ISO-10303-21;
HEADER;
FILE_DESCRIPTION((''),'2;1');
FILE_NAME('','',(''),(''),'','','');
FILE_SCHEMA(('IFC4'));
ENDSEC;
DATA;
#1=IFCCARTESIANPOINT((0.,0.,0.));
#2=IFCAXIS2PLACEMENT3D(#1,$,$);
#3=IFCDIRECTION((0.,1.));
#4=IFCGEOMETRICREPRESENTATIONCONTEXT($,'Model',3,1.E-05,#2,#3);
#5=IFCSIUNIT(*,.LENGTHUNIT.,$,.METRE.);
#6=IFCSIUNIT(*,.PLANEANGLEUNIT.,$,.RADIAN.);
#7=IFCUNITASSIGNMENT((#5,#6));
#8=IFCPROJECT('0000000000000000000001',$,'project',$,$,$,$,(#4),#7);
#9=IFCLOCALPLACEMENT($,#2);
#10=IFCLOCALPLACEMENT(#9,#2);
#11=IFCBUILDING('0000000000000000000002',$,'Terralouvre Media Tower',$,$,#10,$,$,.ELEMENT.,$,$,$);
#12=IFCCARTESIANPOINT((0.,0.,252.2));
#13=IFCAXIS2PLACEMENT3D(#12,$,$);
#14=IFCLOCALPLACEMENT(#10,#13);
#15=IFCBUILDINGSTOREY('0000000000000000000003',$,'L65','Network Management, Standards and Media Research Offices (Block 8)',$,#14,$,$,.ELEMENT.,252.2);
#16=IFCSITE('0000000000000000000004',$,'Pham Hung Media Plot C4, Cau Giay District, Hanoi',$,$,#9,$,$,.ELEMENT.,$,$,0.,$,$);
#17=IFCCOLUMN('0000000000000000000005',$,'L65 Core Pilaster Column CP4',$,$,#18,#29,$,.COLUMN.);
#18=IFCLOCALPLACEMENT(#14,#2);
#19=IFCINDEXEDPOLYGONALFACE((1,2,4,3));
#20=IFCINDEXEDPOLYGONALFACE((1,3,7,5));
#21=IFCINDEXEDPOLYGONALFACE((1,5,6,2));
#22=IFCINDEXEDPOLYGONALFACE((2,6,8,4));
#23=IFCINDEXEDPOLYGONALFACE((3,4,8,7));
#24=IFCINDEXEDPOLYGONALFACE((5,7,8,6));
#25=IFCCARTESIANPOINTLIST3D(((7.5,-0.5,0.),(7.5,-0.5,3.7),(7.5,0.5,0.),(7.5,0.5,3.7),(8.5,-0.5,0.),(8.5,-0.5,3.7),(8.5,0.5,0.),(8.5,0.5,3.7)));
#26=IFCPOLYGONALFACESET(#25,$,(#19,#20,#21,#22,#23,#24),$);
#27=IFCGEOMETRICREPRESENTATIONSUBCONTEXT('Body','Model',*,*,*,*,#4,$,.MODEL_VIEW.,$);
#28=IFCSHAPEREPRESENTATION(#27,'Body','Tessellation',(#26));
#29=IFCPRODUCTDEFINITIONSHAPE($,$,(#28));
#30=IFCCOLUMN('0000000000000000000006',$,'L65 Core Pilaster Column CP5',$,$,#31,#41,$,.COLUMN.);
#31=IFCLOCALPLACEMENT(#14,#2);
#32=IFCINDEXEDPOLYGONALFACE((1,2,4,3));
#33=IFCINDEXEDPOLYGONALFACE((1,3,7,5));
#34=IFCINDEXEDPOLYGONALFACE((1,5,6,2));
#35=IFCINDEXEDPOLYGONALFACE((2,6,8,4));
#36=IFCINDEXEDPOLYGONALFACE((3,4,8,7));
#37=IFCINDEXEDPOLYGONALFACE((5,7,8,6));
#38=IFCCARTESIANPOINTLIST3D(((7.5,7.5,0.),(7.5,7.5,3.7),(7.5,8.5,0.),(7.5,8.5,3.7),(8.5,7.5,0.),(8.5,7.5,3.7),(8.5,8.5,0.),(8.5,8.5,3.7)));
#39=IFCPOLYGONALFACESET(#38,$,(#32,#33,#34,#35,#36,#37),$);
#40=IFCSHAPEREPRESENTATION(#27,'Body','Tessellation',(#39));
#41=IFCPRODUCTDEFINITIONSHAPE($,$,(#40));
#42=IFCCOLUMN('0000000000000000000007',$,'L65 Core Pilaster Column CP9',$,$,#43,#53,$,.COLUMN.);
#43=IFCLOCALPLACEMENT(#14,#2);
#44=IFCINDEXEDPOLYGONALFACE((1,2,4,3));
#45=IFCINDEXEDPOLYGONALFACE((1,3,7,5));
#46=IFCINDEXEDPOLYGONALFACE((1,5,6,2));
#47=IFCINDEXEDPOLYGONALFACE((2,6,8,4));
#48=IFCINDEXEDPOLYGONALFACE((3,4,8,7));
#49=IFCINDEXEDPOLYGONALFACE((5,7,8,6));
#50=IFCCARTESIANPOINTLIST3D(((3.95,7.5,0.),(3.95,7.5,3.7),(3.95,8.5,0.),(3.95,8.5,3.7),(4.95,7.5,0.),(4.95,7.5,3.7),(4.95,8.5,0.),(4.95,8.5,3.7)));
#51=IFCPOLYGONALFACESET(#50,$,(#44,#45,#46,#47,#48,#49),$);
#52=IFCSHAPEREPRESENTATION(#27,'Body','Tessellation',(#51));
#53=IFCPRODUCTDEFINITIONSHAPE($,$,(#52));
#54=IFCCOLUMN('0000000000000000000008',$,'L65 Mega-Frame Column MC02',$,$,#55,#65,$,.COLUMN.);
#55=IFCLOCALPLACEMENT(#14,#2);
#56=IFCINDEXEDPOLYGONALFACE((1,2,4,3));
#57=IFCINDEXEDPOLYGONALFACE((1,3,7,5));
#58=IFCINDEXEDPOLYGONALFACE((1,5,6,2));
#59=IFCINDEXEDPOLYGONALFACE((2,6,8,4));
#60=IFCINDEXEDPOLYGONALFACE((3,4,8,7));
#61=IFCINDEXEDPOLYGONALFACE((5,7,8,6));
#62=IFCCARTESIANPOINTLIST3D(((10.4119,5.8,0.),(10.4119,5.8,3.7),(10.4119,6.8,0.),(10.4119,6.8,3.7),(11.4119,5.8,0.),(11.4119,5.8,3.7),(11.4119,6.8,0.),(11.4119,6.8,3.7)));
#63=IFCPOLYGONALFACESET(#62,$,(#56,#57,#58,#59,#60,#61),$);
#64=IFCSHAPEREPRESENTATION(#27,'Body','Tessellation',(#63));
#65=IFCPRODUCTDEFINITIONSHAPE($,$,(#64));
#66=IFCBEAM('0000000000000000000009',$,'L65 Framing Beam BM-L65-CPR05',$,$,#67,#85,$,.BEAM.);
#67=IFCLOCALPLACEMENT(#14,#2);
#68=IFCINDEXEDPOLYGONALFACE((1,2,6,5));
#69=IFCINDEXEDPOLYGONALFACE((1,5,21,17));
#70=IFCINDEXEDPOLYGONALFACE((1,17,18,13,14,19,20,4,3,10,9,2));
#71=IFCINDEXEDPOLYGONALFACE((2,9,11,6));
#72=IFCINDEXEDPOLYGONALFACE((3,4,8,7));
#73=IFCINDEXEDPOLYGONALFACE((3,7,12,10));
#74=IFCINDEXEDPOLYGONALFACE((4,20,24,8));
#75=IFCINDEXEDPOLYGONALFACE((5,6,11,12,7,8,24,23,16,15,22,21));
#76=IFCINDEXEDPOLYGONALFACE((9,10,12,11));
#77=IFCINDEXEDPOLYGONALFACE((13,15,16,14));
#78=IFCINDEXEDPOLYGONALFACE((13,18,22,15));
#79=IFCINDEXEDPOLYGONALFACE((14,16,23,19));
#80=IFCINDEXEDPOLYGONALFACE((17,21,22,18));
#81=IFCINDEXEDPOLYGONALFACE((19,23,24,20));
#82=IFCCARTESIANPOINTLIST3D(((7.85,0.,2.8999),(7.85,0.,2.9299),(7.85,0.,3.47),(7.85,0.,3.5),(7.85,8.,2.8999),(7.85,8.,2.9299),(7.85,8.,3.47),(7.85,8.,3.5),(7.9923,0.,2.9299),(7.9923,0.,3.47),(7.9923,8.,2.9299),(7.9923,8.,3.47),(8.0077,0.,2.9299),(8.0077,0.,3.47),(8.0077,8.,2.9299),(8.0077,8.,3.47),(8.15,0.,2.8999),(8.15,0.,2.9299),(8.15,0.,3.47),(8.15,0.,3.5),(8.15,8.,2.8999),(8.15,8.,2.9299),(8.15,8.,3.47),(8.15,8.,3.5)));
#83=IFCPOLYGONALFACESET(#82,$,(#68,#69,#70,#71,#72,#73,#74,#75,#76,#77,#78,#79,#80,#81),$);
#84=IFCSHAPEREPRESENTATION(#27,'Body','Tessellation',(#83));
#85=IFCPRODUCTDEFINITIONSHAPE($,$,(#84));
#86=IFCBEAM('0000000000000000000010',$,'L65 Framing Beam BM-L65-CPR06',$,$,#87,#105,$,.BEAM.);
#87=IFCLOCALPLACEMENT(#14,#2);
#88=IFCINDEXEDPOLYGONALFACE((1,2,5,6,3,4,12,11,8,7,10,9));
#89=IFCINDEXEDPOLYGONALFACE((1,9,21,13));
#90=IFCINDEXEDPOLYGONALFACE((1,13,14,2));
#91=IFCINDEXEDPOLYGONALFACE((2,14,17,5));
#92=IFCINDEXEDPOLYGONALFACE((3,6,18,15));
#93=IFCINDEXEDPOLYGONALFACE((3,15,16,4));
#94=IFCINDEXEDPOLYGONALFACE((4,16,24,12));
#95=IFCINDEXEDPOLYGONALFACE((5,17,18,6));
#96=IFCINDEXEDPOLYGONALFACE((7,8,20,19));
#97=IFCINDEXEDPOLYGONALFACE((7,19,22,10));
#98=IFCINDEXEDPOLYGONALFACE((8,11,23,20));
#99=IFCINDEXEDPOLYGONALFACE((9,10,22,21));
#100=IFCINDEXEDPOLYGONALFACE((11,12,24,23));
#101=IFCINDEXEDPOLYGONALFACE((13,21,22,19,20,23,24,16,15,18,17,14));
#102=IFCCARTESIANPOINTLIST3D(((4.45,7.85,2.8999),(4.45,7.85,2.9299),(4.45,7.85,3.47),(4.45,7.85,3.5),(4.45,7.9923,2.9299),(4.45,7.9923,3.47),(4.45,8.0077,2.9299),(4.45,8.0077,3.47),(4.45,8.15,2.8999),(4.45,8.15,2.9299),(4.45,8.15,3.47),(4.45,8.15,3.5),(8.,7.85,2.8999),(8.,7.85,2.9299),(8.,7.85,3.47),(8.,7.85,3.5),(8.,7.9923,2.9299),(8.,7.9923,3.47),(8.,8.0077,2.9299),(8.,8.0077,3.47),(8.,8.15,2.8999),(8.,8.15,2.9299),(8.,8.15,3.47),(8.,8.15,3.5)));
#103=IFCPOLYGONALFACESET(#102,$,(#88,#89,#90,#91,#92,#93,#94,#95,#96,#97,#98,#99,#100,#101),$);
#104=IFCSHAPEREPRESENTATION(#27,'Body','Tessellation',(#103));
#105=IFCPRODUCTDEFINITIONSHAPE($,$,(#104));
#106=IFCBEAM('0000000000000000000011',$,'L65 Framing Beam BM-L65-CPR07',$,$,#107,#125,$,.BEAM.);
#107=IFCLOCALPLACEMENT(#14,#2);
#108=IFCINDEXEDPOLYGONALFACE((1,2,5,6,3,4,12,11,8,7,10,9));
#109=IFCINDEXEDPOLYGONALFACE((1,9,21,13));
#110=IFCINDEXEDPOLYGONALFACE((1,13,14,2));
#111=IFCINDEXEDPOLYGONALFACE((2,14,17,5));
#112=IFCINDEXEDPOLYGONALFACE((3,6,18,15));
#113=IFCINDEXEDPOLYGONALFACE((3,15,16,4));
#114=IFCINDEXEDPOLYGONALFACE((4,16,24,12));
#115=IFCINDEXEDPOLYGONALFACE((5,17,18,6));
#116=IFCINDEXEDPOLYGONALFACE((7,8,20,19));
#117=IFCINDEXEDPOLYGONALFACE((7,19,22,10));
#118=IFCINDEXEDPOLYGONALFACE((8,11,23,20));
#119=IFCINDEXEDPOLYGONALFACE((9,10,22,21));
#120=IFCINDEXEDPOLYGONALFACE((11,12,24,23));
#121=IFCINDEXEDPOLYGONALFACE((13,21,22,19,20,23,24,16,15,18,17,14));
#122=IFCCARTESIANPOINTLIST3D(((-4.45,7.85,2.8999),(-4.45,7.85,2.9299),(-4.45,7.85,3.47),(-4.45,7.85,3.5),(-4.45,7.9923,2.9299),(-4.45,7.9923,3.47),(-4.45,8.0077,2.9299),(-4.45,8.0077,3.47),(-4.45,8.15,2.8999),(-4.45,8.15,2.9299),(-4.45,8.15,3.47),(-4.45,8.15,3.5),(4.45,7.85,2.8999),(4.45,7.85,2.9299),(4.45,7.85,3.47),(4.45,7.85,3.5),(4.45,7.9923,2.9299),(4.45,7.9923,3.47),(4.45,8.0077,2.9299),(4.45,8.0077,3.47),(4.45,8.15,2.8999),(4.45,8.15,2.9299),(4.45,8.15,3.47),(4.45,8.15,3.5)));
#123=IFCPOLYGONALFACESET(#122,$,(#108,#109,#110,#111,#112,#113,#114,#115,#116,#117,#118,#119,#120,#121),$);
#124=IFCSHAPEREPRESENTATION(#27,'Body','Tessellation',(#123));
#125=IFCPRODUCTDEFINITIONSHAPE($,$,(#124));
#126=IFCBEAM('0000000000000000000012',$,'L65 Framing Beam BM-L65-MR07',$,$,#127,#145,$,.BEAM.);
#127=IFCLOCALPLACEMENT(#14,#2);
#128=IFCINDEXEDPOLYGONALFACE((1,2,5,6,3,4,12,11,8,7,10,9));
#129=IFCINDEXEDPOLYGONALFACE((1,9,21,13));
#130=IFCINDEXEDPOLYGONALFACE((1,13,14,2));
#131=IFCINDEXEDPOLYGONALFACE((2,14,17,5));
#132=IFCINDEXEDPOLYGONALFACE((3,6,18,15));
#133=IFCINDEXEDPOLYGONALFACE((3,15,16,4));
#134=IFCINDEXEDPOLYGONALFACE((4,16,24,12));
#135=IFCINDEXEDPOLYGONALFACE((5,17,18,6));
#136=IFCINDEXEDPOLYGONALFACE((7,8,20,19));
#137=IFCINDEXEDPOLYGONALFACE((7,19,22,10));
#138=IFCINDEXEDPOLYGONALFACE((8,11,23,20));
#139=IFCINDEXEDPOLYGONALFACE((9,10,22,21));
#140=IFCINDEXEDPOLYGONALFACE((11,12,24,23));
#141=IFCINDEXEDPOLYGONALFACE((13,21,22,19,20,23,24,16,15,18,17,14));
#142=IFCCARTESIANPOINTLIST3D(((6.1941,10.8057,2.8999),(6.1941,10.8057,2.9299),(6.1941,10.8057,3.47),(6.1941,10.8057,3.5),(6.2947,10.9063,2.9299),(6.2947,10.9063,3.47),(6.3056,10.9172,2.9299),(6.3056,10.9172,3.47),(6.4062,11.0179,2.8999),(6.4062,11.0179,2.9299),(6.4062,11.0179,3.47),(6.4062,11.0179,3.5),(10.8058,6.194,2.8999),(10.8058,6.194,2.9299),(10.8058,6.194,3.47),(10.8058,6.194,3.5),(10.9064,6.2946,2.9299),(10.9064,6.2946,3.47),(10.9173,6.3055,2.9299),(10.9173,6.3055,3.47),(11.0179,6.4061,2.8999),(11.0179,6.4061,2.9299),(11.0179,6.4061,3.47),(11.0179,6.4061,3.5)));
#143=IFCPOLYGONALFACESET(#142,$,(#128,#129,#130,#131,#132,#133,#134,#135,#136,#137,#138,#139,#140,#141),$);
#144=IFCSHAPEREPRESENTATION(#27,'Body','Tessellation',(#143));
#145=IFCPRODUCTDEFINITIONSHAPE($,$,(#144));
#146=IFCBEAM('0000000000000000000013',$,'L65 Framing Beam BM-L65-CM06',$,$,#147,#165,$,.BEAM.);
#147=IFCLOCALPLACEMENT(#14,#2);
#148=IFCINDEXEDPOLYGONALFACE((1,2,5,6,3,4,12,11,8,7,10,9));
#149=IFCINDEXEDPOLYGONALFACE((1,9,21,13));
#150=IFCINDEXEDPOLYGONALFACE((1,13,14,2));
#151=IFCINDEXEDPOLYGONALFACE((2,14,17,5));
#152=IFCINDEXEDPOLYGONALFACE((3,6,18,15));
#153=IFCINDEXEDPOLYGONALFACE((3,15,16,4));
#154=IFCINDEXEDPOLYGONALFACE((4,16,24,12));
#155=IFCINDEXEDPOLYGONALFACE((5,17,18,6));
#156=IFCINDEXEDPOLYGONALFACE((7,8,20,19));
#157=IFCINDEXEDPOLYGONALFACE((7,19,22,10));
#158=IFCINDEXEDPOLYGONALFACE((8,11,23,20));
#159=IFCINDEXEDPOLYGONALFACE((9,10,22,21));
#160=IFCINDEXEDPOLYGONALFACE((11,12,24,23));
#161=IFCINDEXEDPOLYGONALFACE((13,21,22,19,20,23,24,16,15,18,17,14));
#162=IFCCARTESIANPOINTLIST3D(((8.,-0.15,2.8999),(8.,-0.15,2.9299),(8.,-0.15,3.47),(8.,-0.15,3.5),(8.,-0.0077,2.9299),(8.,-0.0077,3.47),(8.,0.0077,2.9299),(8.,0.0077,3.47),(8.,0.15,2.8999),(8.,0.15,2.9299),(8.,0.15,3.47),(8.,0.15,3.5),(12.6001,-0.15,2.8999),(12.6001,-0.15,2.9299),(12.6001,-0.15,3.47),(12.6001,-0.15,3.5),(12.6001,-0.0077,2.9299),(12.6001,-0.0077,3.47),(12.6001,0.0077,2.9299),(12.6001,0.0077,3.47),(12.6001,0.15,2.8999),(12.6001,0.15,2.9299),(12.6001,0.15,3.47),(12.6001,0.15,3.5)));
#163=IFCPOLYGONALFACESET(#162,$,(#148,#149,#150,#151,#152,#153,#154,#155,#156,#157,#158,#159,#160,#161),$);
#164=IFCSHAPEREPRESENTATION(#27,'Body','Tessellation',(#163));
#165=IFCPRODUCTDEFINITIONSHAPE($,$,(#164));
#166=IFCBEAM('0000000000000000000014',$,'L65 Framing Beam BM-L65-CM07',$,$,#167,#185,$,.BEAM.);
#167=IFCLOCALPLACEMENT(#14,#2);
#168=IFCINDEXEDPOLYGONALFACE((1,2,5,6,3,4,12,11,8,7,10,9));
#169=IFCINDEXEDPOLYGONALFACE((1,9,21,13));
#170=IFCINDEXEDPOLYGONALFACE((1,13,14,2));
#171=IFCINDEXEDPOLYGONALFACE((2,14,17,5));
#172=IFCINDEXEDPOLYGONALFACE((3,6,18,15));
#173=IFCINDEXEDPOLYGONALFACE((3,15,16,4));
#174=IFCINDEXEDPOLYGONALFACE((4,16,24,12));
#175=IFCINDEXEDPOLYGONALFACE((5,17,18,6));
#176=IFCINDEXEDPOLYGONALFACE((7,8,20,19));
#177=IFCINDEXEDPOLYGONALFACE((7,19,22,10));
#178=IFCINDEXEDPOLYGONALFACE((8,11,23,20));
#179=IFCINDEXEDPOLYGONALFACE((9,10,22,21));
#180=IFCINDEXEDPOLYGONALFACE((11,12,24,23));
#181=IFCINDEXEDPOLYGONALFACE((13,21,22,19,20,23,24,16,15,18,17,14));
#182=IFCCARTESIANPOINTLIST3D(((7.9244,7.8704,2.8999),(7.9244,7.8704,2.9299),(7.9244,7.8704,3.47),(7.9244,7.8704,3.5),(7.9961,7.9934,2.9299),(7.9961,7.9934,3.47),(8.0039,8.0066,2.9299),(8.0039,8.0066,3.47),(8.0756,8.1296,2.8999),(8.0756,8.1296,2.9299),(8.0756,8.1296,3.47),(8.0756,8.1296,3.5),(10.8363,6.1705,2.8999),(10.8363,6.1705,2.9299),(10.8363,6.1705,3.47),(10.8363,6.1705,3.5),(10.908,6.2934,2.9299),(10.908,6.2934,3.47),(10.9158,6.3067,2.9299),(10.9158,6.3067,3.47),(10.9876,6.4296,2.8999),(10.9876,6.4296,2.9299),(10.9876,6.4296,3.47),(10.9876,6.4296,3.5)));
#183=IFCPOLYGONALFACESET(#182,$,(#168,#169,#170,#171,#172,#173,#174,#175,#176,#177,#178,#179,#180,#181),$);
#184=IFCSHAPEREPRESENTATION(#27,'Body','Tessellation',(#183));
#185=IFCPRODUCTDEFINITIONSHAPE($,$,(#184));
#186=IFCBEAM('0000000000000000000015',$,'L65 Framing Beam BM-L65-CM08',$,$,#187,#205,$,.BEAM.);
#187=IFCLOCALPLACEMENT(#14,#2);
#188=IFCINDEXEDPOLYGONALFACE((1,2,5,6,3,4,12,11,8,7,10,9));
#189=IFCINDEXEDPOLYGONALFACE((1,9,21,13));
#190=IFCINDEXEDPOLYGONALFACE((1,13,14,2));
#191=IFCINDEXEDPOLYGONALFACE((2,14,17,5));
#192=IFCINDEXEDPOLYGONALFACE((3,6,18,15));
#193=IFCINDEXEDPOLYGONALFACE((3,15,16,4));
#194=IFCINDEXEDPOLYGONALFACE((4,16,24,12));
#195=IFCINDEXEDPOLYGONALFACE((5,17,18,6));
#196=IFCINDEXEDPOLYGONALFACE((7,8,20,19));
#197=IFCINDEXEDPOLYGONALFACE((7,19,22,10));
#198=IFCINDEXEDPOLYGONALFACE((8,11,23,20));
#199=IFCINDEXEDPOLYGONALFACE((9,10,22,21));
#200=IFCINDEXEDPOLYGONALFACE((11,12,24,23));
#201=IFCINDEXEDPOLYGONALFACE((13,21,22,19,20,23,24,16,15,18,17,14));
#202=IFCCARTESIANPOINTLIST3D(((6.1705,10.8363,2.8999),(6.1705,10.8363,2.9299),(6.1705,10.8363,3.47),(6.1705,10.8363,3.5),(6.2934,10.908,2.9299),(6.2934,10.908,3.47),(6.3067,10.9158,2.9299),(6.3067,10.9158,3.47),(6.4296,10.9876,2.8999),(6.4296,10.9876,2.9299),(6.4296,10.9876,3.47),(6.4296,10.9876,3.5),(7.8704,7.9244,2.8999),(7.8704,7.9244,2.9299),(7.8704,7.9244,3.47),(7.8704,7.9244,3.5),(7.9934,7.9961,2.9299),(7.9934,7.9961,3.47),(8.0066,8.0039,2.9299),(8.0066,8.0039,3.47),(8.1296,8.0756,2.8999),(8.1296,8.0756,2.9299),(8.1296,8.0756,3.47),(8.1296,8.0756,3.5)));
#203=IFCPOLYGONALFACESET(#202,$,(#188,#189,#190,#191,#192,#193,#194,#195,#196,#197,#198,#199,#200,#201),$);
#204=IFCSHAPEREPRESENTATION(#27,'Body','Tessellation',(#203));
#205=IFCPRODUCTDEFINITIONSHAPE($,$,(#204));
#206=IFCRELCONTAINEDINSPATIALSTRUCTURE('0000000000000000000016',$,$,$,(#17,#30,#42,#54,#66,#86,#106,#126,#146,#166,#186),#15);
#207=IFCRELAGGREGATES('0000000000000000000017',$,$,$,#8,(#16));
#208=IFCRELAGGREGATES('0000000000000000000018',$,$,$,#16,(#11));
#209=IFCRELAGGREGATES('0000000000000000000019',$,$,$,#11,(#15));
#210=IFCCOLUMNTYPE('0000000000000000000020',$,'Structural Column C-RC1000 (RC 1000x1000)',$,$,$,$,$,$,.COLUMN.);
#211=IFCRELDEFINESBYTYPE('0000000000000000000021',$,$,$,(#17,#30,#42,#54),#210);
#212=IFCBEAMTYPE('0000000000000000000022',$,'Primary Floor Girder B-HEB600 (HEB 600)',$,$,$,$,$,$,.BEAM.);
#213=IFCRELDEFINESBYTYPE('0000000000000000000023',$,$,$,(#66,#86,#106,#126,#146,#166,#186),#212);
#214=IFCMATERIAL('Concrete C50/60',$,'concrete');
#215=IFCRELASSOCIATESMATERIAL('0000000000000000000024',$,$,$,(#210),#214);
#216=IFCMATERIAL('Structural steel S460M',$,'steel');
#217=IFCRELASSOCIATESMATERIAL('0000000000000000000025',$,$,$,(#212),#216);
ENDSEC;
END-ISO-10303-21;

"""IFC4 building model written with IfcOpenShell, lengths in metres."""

from ifc_helpers import new_model, si_unit, direction, frame, origin, origin_2d, place, context, subcontext, project, spatial, rectangle, i_section, extrude, material, material_profile, profile_set, type_object, element, save


model = new_model("IFC4")

# Units and contexts
model_context = context("Model", 3, precision=1e-05, world=origin(), true_north=direction((0.0, 1.0)))
body_context = subcontext(model_context, "Body", "Model", "MODEL_VIEW")
ifc_project = project(units=[si_unit("LENGTHUNIT", "METRE"), si_unit("PLANEANGLEUNIT", "RADIAN")], contexts=[model_context])

# Site, building, storey
site_placement = place(None, origin())
site = spatial("IfcSite", under=ifc_project, at=site_placement, Name="Pham Hung Media Plot C4, Cau Giay District, Hanoi", CompositionType="ELEMENT", RefElevation=0.0)
building_placement = place(site_placement, origin())
building = spatial("IfcBuilding", under=site, at=building_placement, Name="Terralouvre Media Tower", CompositionType="ELEMENT")
storey_placement = place(building_placement, frame((0.0, 0.0, 252.2)))
storey = spatial("IfcBuildingStorey", under=building, at=storey_placement, Name="L65", Description="Network Management, Standards and Media Research Offices (Block 8)", CompositionType="ELEMENT", Elevation=252.2)

# Columns
ifc_material_1 = material(Name="Concrete C50/60", Category="concrete")
ifc_material_profile_1 = material_profile(ifc_material_1, rectangle(XDim=1.0, YDim=1.0, at=origin_2d()), Name="RC 1000x1000")
ifc_profile_set_1 = profile_set([ifc_material_profile_1], Name="Concrete C50/60")
column_type = type_object("IfcColumnType", Name="Structural Column C-RC1000 (RC 1000x1000)", PredefinedType="COLUMN", material=ifc_profile_set_1)
for number, where, z_axis, x_axis, name in (
    (1, (8.0, 0.0, 0.0), (0.0, 0.0, 1.0), (1.0, 0.0, 0.0), "L65 Core Pilaster Column CP4"),
    (2, (8.0, 8.0, 0.0), (0.0, 0.0, 1.0), (1.0, 0.0, 0.0), "L65 Core Pilaster Column CP5"),
    (3, (4.45, 8.0, 0.0), (0.0, 0.0, 1.0), (1.0, 0.0, 0.0), "L65 Core Pilaster Column CP9"),
    (4, (10.9119, 6.3, 0.0), (0.0, 0.0, 1.0), (1.0, 0.0, 0.0), "L65 Mega-Frame Column MC02"),
):
    element("IfcColumn", number, at=place(storey_placement, frame(where, z_axis=z_axis, x_axis=x_axis)), inside=storey, type_object=column_type, Name=name, PredefinedType="COLUMN", context=body_context, shape_type="SweptSolid", body=[
        extrude(rectangle(XDim=1.0, YDim=1.0, at=origin_2d()), origin(), (0.0, 0.0, 1.0), 3.7),
    ])

# Beams
ifc_material_2 = material(Name="Structural steel S460M", Category="steel")
ifc_material_profile_2 = material_profile(ifc_material_2, i_section(OverallWidth=0.3, OverallDepth=0.6001, WebThickness=0.0154, FlangeThickness=0.03, at=origin_2d()), Name="HEB 600")
ifc_profile_set_2 = profile_set([ifc_material_profile_2], Name="Structural steel S460M")
beam_type = type_object("IfcBeamType", Name="Primary Floor Girder B-HEB600 (HEB 600)", PredefinedType="BEAM", material=ifc_profile_set_2)
beam_1_placement = place(storey_placement, frame((8.0, 0.0, 3.2), z_axis=(0.0, 1.0, 0.0), x_axis=(-1.0, 0.0, 0.0)))
element("IfcBeam", 5, at=beam_1_placement, inside=storey, type_object=beam_type, Name="L65 Framing Beam BM-L65-CPR05", PredefinedType="BEAM", context=body_context, shape_type="SweptSolid", body=[
    extrude(i_section(OverallWidth=0.3, OverallDepth=0.6001, WebThickness=0.0154, FlangeThickness=0.03, at=origin_2d()), origin(), (0.0, 0.0, 1.0), 8.0),
])
beam_2_placement = place(storey_placement, frame((8.0, 8.0, 3.2), z_axis=(-1.0, 0.0, 0.0), x_axis=(0.0, -1.0, 0.0)))
element("IfcBeam", 6, at=beam_2_placement, inside=storey, type_object=beam_type, Name="L65 Framing Beam BM-L65-CPR06", PredefinedType="BEAM", context=body_context, shape_type="SweptSolid", body=[
    extrude(i_section(OverallWidth=0.3, OverallDepth=0.6001, WebThickness=0.0154, FlangeThickness=0.03, at=origin_2d()), origin(), (0.0, 0.0, 1.0), 3.55),
])
beam_3_placement = place(storey_placement, frame((4.45, 8.0, 3.2), z_axis=(-1.0, 0.0, 0.0), x_axis=(0.0, -1.0, 0.0)))
element("IfcBeam", 7, at=beam_3_placement, inside=storey, type_object=beam_type, Name="L65 Framing Beam BM-L65-CPR07", PredefinedType="BEAM", context=body_context, shape_type="SweptSolid", body=[
    extrude(i_section(OverallWidth=0.3, OverallDepth=0.6001, WebThickness=0.0154, FlangeThickness=0.03, at=origin_2d()), origin(), (0.0, 0.0, 1.0), 8.8999),
])
beam_4_placement = place(storey_placement, frame((10.9119, 6.3, 3.2), z_axis=(-0.707107, 0.707107, 0.0), x_axis=(-0.707107, -0.707107, 0.0)))
element("IfcBeam", 8, at=beam_4_placement, inside=storey, type_object=beam_type, Name="L65 Framing Beam BM-L65-MR07", PredefinedType="BEAM", context=body_context, shape_type="SweptSolid", body=[
    extrude(i_section(OverallWidth=0.3, OverallDepth=0.6001, WebThickness=0.0154, FlangeThickness=0.03, at=origin_2d()), origin(), (0.0, 0.0, 1.0), 6.522),
])
beam_5_placement = place(storey_placement, frame((8.0, 0.0, 3.2), z_axis=(1.0, 0.0, 0.0), x_axis=(0.0, 1.0, 0.0)))
element("IfcBeam", 9, at=beam_5_placement, inside=storey, type_object=beam_type, Name="L65 Framing Beam BM-L65-CM06", PredefinedType="BEAM", context=body_context, shape_type="SweptSolid", body=[
    extrude(i_section(OverallWidth=0.3, OverallDepth=0.6001, WebThickness=0.0154, FlangeThickness=0.03, at=origin_2d()), origin(), (0.0, 0.0, 1.0), 4.6001),
])
for number, where, z_axis, x_axis, name in (
    (10, (8.0, 8.0, 3.2), (0.863603, -0.504173, 0.0), (0.504173, 0.863603, 0.0), "L65 Framing Beam BM-L65-CM07"),
    (11, (8.0, 8.0, 3.2), (-0.504173, 0.863603, 0.0), (-0.863603, -0.504173, 0.0), "L65 Framing Beam BM-L65-CM08"),
):
    element("IfcBeam", number, at=place(storey_placement, frame(where, z_axis=z_axis, x_axis=x_axis)), inside=storey, type_object=beam_type, Name=name, PredefinedType="BEAM", context=body_context, shape_type="SweptSolid", body=[
        extrude(i_section(OverallWidth=0.3, OverallDepth=0.6001, WebThickness=0.0154, FlangeThickness=0.03, at=origin_2d()), origin(), (0.0, 0.0, 1.0), 3.3718),
    ])

save(model, "model.ifc")
